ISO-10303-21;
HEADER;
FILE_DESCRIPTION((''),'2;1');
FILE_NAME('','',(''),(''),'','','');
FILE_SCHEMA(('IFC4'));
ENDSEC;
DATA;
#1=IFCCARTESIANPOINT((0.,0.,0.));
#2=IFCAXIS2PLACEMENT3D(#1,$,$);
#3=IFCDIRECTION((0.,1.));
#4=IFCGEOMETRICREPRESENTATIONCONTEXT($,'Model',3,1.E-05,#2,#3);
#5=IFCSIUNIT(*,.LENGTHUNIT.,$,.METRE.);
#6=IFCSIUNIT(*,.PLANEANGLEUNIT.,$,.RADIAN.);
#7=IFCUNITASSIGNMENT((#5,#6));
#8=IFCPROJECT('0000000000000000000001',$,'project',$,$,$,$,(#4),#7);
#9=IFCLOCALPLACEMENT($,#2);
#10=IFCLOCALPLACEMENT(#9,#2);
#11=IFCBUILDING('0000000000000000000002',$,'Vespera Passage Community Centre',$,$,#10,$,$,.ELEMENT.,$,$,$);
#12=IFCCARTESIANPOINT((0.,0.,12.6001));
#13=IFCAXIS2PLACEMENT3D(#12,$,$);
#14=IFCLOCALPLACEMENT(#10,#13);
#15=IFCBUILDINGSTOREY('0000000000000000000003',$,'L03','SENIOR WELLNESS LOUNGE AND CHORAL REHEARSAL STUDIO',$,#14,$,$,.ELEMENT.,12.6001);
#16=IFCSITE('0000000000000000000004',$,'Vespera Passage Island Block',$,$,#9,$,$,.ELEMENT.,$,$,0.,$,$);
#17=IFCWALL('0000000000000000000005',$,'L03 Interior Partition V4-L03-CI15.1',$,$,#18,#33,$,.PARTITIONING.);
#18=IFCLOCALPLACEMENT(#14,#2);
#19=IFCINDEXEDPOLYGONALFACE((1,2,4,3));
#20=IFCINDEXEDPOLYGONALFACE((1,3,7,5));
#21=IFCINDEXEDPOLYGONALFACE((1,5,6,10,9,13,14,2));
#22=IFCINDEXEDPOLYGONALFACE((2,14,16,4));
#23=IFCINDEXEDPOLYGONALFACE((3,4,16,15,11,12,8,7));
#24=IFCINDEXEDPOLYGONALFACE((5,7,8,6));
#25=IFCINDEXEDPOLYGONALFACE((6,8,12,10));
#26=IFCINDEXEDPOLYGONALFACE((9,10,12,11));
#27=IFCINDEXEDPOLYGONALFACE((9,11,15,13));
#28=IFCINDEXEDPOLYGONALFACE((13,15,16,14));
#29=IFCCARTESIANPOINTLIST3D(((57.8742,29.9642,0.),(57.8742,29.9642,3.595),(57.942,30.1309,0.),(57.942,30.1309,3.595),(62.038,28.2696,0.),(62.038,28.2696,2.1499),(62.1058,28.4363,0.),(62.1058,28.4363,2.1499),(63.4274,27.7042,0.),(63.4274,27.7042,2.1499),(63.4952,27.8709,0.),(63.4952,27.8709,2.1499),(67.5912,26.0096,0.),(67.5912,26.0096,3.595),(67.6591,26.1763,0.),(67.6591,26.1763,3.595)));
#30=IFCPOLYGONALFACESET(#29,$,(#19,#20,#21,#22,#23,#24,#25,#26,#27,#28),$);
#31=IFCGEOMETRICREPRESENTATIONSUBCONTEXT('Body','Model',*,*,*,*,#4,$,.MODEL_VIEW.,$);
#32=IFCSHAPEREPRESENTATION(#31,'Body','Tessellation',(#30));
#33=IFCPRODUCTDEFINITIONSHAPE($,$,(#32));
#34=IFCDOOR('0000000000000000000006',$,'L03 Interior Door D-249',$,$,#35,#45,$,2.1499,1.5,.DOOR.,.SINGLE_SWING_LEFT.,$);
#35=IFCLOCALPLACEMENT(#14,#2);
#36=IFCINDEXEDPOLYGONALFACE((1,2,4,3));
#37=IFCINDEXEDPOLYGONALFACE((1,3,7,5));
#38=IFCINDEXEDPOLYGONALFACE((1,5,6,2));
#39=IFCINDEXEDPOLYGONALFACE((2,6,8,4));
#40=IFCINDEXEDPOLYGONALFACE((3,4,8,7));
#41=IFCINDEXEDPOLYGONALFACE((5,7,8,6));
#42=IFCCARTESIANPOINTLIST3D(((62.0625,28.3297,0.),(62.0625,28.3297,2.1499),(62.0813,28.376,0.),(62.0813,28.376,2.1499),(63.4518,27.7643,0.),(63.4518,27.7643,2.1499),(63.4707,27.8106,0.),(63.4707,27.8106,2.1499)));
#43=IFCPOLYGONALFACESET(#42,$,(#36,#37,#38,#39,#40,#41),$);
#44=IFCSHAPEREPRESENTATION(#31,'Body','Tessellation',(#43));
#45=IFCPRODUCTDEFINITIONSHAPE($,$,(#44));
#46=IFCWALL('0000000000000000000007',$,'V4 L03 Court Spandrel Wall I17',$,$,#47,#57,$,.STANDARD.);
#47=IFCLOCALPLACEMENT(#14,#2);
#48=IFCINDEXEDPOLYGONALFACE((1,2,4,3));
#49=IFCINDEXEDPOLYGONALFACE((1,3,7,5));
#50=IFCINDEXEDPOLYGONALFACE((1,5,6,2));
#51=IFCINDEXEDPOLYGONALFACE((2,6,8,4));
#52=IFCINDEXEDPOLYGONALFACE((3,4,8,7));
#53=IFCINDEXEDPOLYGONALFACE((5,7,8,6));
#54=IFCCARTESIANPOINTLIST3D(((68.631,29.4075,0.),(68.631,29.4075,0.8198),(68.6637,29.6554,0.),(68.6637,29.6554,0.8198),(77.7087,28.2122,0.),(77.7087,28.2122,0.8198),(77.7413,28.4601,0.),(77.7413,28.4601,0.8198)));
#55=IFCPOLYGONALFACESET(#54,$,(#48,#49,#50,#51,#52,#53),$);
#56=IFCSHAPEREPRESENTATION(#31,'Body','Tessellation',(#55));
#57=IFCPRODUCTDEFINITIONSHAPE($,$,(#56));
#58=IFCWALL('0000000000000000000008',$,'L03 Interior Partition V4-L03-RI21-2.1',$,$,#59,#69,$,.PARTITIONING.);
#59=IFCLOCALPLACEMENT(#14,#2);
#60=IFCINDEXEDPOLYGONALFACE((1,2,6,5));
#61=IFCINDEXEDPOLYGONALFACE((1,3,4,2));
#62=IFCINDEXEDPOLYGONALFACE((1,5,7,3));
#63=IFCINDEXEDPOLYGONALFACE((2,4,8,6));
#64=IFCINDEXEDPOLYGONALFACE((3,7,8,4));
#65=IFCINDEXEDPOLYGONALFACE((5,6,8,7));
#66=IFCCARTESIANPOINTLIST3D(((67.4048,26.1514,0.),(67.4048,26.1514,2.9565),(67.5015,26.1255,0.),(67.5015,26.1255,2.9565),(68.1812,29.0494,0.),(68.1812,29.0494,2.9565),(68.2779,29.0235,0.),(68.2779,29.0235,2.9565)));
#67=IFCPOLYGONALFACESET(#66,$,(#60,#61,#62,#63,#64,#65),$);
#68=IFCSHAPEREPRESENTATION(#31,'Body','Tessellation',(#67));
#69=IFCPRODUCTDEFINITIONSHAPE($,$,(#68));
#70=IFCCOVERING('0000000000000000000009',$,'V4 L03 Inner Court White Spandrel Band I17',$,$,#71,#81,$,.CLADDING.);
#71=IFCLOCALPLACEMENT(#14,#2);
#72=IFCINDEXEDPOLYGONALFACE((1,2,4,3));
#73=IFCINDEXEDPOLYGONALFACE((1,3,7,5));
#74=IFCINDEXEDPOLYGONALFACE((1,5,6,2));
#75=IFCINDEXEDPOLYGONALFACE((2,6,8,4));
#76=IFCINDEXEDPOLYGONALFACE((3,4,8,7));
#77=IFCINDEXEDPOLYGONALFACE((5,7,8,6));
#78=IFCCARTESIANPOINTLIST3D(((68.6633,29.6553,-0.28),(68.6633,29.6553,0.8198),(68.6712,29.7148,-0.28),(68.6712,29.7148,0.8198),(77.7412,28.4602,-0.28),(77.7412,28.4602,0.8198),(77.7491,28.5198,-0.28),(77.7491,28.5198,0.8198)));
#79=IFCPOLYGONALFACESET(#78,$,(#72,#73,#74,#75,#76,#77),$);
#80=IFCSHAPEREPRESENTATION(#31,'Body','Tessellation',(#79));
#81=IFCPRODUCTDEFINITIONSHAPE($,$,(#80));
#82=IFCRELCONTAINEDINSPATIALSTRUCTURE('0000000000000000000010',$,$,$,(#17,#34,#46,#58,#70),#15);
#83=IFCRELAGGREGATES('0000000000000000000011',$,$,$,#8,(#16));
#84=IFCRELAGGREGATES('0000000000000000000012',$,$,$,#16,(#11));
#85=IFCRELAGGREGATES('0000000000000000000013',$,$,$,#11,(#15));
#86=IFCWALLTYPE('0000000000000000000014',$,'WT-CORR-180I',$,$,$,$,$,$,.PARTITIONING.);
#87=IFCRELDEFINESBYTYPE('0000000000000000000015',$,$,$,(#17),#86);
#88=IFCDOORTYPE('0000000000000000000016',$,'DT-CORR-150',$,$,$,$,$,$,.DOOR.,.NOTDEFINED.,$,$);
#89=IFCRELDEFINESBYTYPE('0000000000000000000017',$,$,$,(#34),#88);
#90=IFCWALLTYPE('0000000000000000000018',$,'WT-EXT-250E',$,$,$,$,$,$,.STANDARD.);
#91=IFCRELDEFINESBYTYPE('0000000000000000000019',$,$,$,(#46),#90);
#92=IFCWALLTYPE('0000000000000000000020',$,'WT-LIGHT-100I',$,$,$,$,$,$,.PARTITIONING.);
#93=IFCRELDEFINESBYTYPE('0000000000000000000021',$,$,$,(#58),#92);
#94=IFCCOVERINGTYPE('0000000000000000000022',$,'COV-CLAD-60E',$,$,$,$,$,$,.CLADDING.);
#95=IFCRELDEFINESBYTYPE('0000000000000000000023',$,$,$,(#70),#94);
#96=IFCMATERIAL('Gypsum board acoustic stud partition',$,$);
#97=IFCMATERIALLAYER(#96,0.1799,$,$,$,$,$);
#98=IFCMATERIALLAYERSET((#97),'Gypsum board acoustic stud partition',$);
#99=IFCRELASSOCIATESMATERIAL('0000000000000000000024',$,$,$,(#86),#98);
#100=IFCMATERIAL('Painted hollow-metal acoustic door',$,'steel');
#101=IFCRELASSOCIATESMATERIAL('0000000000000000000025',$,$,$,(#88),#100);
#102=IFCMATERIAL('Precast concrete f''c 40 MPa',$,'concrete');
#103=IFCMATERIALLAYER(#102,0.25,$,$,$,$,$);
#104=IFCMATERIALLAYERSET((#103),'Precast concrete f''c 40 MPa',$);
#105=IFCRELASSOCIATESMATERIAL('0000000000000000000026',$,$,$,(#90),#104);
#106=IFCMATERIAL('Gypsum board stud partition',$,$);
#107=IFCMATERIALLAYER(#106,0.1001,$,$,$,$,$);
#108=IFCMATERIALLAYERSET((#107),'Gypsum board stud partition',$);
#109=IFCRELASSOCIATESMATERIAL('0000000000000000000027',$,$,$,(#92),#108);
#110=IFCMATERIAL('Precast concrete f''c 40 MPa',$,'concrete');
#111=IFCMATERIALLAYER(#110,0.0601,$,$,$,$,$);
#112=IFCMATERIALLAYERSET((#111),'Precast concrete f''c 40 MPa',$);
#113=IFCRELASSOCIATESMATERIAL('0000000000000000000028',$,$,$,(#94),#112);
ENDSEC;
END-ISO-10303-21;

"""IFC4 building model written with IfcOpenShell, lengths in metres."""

from ifc_helpers import new_model, si_unit, direction, frame, frame_2d, origin, place, context, subcontext, project, spatial, rectangle, extrude, material, layer, layer_set, type_object, element, fill, save


model = new_model("IFC4")

# Units and contexts
model_context = context("Model", 3, precision=1e-05, world=origin(), true_north=direction((0.0, 1.0)))
body_context = subcontext(model_context, "Body", "Model", "MODEL_VIEW")
ifc_project = project(units=[si_unit("LENGTHUNIT", "METRE"), si_unit("PLANEANGLEUNIT", "RADIAN")], contexts=[model_context])

# Site, building, storey
site_placement = place(None, origin())
site = spatial("IfcSite", under=ifc_project, at=site_placement, Name="Vespera Passage Island Block", CompositionType="ELEMENT", RefElevation=0.0)
building_placement = place(site_placement, origin())
building = spatial("IfcBuilding", under=site, at=building_placement, Name="Vespera Passage Community Centre", CompositionType="ELEMENT")
storey_placement = place(building_placement, frame((0.0, 0.0, 12.6001)))
storey = spatial("IfcBuildingStorey", under=building, at=storey_placement, Name="L03", Description="SENIOR WELLNESS LOUNGE AND CHORAL REHEARSAL STUDIO", CompositionType="ELEMENT", Elevation=12.6001)

# Wall, opening, door
ifc_material_1 = material(Name="Gypsum board acoustic stud partition")
ifc_layer_1 = layer(ifc_material_1, 0.1799)
ifc_layer_set_1 = layer_set([ifc_layer_1], Name="Gypsum board acoustic stud partition")
wall_type_1 = type_object("IfcWallType", Name="WT-CORR-180I", PredefinedType="PARTITIONING", material=ifc_layer_set_1)
wall_1_placement = place(storey_placement, frame((57.908, 30.0476, 0.0), z_axis=(0.0, 0.0, 1.0), x_axis=(0.926232, -0.376953, 0.0)))
wall_1 = element("IfcWall", 1, at=wall_1_placement, inside=storey, type_object=wall_type_1, Name="L03 Interior Partition V4-L03-CI15.1", PredefinedType="PARTITIONING", context=body_context, shape_type="SweptSolid", body=[
    extrude(rectangle(XDim=10.491, YDim=0.1799, at=frame_2d((5.2456, 0.0))), origin(), (0.0, 0.0, 1.0), 3.595),
])
opening_1_placement = place(wall_1_placement, frame((4.4956, 0.0, 0.0)))
opening_1 = element("IfcOpeningElement", 2, at=opening_1_placement, cuts=wall_1, PredefinedType="OPENING", context=body_context, shape_type="SweptSolid", body=[
    extrude(rectangle(XDim=1.5, YDim=2.1499, at=frame_2d((0.75, 1.075))), frame((0.0, 0.0999, 0.0), z_axis=(0.0, -1.0, 0.0), x_axis=(1.0, 0.0, 0.0)), (0.0, 0.0, 1.0), 0.2),
])
ifc_material_2 = material(Name="Painted hollow-metal acoustic door", Category="steel")
door_type_1 = type_object("IfcDoorType", Name="DT-CORR-150", OperationType="NOTDEFINED", PredefinedType="DOOR", material=ifc_material_2)
door_1_placement = place(opening_1_placement, origin())
door_1 = element("IfcDoor", 3, at=door_1_placement, inside=storey, type_object=door_type_1, Name="L03 Interior Door D-249", OperationType="SINGLE_SWING_LEFT", OverallHeight=2.1499, OverallWidth=1.5, PredefinedType="DOOR", context=body_context, shape_type="SweptSolid", body=[
    extrude(rectangle(XDim=1.5, YDim=2.1499, at=frame_2d((0.75, 1.075))), frame((0.0, 0.0249, 0.0), z_axis=(0.0, -1.0, 0.0), x_axis=(1.0, 0.0, 0.0)), (0.0, 0.0, 1.0), 0.05),
])
fill(opening_1, door_1)

# Walls
ifc_material_3 = material(Name="Precast concrete f'c 40 MPa", Category="concrete")
ifc_layer_2 = layer(ifc_material_3, 0.25)
ifc_layer_set_2 = layer_set([ifc_layer_2], Name="Precast concrete f'c 40 MPa")
wall_type_2 = type_object("IfcWallType", Name="WT-EXT-250E", PredefinedType="STANDARD", material=ifc_layer_set_2)
wall_2_placement = place(storey_placement, frame((68.6472, 29.5315, 0.0), z_axis=(0.0, 0.0, 1.0), x_axis=(0.991442, -0.13055, 0.0)))
element("IfcWall", 4, at=wall_2_placement, inside=storey, type_object=wall_type_2, Name="V4 L03 Court Spandrel Wall I17", PredefinedType="STANDARD", context=body_context, shape_type="SweptSolid", body=[
    extrude(rectangle(XDim=9.156, YDim=0.25, at=frame_2d((4.5781, 0.0))), origin(), (0.0, 0.0, 1.0), 0.8198),
])
ifc_material_4 = material(Name="Gypsum board stud partition")
ifc_layer_3 = layer(ifc_material_4, 0.1001)
ifc_layer_set_3 = layer_set([ifc_layer_3], Name="Gypsum board stud partition")
wall_type_3 = type_object("IfcWallType", Name="WT-LIGHT-100I", PredefinedType="PARTITIONING", material=ifc_layer_set_3)
wall_3_placement = place(storey_placement, frame((68.2295, 29.0364, 0.0), z_axis=(0.0, 0.0, 1.0), x_axis=(-0.258777, -0.965937, 0.0)))
element("IfcWall", 5, at=wall_3_placement, inside=storey, type_object=wall_type_3, Name="L03 Interior Partition V4-L03-RI21-2.1", PredefinedType="PARTITIONING", context=body_context, shape_type="SweptSolid", body=[
    extrude(rectangle(XDim=3.0002, YDim=0.1001, at=frame_2d((1.5, 0.0))), origin(), (0.0, 0.0, 1.0), 2.9565),
])

# Covering
ifc_material_5 = material(Name="Precast concrete f'c 40 MPa", Category="concrete")
ifc_layer_4 = layer(ifc_material_5, 0.0601)
ifc_layer_set_4 = layer_set([ifc_layer_4], Name="Precast concrete f'c 40 MPa")
covering_type = type_object("IfcCoveringType", Name="COV-CLAD-60E", PredefinedType="CLADDING", material=ifc_layer_set_4)
covering_placement = place(storey_placement, frame((68.6672, 29.6851, -0.28), z_axis=(0.0, 0.0, 1.0), x_axis=(0.991446, -0.13052, 0.0)))
element("IfcCovering", 6, at=covering_placement, inside=storey, type_object=covering_type, Name="V4 L03 Inner Court White Spandrel Band I17", PredefinedType="CLADDING", context=body_context, shape_type="SweptSolid", body=[
    extrude(rectangle(XDim=9.1562, YDim=0.0601, at=frame_2d((4.5781, 0.0))), origin(), (0.0, 0.0, 1.0), 1.0999),
])

save(model, "model.ifc")
